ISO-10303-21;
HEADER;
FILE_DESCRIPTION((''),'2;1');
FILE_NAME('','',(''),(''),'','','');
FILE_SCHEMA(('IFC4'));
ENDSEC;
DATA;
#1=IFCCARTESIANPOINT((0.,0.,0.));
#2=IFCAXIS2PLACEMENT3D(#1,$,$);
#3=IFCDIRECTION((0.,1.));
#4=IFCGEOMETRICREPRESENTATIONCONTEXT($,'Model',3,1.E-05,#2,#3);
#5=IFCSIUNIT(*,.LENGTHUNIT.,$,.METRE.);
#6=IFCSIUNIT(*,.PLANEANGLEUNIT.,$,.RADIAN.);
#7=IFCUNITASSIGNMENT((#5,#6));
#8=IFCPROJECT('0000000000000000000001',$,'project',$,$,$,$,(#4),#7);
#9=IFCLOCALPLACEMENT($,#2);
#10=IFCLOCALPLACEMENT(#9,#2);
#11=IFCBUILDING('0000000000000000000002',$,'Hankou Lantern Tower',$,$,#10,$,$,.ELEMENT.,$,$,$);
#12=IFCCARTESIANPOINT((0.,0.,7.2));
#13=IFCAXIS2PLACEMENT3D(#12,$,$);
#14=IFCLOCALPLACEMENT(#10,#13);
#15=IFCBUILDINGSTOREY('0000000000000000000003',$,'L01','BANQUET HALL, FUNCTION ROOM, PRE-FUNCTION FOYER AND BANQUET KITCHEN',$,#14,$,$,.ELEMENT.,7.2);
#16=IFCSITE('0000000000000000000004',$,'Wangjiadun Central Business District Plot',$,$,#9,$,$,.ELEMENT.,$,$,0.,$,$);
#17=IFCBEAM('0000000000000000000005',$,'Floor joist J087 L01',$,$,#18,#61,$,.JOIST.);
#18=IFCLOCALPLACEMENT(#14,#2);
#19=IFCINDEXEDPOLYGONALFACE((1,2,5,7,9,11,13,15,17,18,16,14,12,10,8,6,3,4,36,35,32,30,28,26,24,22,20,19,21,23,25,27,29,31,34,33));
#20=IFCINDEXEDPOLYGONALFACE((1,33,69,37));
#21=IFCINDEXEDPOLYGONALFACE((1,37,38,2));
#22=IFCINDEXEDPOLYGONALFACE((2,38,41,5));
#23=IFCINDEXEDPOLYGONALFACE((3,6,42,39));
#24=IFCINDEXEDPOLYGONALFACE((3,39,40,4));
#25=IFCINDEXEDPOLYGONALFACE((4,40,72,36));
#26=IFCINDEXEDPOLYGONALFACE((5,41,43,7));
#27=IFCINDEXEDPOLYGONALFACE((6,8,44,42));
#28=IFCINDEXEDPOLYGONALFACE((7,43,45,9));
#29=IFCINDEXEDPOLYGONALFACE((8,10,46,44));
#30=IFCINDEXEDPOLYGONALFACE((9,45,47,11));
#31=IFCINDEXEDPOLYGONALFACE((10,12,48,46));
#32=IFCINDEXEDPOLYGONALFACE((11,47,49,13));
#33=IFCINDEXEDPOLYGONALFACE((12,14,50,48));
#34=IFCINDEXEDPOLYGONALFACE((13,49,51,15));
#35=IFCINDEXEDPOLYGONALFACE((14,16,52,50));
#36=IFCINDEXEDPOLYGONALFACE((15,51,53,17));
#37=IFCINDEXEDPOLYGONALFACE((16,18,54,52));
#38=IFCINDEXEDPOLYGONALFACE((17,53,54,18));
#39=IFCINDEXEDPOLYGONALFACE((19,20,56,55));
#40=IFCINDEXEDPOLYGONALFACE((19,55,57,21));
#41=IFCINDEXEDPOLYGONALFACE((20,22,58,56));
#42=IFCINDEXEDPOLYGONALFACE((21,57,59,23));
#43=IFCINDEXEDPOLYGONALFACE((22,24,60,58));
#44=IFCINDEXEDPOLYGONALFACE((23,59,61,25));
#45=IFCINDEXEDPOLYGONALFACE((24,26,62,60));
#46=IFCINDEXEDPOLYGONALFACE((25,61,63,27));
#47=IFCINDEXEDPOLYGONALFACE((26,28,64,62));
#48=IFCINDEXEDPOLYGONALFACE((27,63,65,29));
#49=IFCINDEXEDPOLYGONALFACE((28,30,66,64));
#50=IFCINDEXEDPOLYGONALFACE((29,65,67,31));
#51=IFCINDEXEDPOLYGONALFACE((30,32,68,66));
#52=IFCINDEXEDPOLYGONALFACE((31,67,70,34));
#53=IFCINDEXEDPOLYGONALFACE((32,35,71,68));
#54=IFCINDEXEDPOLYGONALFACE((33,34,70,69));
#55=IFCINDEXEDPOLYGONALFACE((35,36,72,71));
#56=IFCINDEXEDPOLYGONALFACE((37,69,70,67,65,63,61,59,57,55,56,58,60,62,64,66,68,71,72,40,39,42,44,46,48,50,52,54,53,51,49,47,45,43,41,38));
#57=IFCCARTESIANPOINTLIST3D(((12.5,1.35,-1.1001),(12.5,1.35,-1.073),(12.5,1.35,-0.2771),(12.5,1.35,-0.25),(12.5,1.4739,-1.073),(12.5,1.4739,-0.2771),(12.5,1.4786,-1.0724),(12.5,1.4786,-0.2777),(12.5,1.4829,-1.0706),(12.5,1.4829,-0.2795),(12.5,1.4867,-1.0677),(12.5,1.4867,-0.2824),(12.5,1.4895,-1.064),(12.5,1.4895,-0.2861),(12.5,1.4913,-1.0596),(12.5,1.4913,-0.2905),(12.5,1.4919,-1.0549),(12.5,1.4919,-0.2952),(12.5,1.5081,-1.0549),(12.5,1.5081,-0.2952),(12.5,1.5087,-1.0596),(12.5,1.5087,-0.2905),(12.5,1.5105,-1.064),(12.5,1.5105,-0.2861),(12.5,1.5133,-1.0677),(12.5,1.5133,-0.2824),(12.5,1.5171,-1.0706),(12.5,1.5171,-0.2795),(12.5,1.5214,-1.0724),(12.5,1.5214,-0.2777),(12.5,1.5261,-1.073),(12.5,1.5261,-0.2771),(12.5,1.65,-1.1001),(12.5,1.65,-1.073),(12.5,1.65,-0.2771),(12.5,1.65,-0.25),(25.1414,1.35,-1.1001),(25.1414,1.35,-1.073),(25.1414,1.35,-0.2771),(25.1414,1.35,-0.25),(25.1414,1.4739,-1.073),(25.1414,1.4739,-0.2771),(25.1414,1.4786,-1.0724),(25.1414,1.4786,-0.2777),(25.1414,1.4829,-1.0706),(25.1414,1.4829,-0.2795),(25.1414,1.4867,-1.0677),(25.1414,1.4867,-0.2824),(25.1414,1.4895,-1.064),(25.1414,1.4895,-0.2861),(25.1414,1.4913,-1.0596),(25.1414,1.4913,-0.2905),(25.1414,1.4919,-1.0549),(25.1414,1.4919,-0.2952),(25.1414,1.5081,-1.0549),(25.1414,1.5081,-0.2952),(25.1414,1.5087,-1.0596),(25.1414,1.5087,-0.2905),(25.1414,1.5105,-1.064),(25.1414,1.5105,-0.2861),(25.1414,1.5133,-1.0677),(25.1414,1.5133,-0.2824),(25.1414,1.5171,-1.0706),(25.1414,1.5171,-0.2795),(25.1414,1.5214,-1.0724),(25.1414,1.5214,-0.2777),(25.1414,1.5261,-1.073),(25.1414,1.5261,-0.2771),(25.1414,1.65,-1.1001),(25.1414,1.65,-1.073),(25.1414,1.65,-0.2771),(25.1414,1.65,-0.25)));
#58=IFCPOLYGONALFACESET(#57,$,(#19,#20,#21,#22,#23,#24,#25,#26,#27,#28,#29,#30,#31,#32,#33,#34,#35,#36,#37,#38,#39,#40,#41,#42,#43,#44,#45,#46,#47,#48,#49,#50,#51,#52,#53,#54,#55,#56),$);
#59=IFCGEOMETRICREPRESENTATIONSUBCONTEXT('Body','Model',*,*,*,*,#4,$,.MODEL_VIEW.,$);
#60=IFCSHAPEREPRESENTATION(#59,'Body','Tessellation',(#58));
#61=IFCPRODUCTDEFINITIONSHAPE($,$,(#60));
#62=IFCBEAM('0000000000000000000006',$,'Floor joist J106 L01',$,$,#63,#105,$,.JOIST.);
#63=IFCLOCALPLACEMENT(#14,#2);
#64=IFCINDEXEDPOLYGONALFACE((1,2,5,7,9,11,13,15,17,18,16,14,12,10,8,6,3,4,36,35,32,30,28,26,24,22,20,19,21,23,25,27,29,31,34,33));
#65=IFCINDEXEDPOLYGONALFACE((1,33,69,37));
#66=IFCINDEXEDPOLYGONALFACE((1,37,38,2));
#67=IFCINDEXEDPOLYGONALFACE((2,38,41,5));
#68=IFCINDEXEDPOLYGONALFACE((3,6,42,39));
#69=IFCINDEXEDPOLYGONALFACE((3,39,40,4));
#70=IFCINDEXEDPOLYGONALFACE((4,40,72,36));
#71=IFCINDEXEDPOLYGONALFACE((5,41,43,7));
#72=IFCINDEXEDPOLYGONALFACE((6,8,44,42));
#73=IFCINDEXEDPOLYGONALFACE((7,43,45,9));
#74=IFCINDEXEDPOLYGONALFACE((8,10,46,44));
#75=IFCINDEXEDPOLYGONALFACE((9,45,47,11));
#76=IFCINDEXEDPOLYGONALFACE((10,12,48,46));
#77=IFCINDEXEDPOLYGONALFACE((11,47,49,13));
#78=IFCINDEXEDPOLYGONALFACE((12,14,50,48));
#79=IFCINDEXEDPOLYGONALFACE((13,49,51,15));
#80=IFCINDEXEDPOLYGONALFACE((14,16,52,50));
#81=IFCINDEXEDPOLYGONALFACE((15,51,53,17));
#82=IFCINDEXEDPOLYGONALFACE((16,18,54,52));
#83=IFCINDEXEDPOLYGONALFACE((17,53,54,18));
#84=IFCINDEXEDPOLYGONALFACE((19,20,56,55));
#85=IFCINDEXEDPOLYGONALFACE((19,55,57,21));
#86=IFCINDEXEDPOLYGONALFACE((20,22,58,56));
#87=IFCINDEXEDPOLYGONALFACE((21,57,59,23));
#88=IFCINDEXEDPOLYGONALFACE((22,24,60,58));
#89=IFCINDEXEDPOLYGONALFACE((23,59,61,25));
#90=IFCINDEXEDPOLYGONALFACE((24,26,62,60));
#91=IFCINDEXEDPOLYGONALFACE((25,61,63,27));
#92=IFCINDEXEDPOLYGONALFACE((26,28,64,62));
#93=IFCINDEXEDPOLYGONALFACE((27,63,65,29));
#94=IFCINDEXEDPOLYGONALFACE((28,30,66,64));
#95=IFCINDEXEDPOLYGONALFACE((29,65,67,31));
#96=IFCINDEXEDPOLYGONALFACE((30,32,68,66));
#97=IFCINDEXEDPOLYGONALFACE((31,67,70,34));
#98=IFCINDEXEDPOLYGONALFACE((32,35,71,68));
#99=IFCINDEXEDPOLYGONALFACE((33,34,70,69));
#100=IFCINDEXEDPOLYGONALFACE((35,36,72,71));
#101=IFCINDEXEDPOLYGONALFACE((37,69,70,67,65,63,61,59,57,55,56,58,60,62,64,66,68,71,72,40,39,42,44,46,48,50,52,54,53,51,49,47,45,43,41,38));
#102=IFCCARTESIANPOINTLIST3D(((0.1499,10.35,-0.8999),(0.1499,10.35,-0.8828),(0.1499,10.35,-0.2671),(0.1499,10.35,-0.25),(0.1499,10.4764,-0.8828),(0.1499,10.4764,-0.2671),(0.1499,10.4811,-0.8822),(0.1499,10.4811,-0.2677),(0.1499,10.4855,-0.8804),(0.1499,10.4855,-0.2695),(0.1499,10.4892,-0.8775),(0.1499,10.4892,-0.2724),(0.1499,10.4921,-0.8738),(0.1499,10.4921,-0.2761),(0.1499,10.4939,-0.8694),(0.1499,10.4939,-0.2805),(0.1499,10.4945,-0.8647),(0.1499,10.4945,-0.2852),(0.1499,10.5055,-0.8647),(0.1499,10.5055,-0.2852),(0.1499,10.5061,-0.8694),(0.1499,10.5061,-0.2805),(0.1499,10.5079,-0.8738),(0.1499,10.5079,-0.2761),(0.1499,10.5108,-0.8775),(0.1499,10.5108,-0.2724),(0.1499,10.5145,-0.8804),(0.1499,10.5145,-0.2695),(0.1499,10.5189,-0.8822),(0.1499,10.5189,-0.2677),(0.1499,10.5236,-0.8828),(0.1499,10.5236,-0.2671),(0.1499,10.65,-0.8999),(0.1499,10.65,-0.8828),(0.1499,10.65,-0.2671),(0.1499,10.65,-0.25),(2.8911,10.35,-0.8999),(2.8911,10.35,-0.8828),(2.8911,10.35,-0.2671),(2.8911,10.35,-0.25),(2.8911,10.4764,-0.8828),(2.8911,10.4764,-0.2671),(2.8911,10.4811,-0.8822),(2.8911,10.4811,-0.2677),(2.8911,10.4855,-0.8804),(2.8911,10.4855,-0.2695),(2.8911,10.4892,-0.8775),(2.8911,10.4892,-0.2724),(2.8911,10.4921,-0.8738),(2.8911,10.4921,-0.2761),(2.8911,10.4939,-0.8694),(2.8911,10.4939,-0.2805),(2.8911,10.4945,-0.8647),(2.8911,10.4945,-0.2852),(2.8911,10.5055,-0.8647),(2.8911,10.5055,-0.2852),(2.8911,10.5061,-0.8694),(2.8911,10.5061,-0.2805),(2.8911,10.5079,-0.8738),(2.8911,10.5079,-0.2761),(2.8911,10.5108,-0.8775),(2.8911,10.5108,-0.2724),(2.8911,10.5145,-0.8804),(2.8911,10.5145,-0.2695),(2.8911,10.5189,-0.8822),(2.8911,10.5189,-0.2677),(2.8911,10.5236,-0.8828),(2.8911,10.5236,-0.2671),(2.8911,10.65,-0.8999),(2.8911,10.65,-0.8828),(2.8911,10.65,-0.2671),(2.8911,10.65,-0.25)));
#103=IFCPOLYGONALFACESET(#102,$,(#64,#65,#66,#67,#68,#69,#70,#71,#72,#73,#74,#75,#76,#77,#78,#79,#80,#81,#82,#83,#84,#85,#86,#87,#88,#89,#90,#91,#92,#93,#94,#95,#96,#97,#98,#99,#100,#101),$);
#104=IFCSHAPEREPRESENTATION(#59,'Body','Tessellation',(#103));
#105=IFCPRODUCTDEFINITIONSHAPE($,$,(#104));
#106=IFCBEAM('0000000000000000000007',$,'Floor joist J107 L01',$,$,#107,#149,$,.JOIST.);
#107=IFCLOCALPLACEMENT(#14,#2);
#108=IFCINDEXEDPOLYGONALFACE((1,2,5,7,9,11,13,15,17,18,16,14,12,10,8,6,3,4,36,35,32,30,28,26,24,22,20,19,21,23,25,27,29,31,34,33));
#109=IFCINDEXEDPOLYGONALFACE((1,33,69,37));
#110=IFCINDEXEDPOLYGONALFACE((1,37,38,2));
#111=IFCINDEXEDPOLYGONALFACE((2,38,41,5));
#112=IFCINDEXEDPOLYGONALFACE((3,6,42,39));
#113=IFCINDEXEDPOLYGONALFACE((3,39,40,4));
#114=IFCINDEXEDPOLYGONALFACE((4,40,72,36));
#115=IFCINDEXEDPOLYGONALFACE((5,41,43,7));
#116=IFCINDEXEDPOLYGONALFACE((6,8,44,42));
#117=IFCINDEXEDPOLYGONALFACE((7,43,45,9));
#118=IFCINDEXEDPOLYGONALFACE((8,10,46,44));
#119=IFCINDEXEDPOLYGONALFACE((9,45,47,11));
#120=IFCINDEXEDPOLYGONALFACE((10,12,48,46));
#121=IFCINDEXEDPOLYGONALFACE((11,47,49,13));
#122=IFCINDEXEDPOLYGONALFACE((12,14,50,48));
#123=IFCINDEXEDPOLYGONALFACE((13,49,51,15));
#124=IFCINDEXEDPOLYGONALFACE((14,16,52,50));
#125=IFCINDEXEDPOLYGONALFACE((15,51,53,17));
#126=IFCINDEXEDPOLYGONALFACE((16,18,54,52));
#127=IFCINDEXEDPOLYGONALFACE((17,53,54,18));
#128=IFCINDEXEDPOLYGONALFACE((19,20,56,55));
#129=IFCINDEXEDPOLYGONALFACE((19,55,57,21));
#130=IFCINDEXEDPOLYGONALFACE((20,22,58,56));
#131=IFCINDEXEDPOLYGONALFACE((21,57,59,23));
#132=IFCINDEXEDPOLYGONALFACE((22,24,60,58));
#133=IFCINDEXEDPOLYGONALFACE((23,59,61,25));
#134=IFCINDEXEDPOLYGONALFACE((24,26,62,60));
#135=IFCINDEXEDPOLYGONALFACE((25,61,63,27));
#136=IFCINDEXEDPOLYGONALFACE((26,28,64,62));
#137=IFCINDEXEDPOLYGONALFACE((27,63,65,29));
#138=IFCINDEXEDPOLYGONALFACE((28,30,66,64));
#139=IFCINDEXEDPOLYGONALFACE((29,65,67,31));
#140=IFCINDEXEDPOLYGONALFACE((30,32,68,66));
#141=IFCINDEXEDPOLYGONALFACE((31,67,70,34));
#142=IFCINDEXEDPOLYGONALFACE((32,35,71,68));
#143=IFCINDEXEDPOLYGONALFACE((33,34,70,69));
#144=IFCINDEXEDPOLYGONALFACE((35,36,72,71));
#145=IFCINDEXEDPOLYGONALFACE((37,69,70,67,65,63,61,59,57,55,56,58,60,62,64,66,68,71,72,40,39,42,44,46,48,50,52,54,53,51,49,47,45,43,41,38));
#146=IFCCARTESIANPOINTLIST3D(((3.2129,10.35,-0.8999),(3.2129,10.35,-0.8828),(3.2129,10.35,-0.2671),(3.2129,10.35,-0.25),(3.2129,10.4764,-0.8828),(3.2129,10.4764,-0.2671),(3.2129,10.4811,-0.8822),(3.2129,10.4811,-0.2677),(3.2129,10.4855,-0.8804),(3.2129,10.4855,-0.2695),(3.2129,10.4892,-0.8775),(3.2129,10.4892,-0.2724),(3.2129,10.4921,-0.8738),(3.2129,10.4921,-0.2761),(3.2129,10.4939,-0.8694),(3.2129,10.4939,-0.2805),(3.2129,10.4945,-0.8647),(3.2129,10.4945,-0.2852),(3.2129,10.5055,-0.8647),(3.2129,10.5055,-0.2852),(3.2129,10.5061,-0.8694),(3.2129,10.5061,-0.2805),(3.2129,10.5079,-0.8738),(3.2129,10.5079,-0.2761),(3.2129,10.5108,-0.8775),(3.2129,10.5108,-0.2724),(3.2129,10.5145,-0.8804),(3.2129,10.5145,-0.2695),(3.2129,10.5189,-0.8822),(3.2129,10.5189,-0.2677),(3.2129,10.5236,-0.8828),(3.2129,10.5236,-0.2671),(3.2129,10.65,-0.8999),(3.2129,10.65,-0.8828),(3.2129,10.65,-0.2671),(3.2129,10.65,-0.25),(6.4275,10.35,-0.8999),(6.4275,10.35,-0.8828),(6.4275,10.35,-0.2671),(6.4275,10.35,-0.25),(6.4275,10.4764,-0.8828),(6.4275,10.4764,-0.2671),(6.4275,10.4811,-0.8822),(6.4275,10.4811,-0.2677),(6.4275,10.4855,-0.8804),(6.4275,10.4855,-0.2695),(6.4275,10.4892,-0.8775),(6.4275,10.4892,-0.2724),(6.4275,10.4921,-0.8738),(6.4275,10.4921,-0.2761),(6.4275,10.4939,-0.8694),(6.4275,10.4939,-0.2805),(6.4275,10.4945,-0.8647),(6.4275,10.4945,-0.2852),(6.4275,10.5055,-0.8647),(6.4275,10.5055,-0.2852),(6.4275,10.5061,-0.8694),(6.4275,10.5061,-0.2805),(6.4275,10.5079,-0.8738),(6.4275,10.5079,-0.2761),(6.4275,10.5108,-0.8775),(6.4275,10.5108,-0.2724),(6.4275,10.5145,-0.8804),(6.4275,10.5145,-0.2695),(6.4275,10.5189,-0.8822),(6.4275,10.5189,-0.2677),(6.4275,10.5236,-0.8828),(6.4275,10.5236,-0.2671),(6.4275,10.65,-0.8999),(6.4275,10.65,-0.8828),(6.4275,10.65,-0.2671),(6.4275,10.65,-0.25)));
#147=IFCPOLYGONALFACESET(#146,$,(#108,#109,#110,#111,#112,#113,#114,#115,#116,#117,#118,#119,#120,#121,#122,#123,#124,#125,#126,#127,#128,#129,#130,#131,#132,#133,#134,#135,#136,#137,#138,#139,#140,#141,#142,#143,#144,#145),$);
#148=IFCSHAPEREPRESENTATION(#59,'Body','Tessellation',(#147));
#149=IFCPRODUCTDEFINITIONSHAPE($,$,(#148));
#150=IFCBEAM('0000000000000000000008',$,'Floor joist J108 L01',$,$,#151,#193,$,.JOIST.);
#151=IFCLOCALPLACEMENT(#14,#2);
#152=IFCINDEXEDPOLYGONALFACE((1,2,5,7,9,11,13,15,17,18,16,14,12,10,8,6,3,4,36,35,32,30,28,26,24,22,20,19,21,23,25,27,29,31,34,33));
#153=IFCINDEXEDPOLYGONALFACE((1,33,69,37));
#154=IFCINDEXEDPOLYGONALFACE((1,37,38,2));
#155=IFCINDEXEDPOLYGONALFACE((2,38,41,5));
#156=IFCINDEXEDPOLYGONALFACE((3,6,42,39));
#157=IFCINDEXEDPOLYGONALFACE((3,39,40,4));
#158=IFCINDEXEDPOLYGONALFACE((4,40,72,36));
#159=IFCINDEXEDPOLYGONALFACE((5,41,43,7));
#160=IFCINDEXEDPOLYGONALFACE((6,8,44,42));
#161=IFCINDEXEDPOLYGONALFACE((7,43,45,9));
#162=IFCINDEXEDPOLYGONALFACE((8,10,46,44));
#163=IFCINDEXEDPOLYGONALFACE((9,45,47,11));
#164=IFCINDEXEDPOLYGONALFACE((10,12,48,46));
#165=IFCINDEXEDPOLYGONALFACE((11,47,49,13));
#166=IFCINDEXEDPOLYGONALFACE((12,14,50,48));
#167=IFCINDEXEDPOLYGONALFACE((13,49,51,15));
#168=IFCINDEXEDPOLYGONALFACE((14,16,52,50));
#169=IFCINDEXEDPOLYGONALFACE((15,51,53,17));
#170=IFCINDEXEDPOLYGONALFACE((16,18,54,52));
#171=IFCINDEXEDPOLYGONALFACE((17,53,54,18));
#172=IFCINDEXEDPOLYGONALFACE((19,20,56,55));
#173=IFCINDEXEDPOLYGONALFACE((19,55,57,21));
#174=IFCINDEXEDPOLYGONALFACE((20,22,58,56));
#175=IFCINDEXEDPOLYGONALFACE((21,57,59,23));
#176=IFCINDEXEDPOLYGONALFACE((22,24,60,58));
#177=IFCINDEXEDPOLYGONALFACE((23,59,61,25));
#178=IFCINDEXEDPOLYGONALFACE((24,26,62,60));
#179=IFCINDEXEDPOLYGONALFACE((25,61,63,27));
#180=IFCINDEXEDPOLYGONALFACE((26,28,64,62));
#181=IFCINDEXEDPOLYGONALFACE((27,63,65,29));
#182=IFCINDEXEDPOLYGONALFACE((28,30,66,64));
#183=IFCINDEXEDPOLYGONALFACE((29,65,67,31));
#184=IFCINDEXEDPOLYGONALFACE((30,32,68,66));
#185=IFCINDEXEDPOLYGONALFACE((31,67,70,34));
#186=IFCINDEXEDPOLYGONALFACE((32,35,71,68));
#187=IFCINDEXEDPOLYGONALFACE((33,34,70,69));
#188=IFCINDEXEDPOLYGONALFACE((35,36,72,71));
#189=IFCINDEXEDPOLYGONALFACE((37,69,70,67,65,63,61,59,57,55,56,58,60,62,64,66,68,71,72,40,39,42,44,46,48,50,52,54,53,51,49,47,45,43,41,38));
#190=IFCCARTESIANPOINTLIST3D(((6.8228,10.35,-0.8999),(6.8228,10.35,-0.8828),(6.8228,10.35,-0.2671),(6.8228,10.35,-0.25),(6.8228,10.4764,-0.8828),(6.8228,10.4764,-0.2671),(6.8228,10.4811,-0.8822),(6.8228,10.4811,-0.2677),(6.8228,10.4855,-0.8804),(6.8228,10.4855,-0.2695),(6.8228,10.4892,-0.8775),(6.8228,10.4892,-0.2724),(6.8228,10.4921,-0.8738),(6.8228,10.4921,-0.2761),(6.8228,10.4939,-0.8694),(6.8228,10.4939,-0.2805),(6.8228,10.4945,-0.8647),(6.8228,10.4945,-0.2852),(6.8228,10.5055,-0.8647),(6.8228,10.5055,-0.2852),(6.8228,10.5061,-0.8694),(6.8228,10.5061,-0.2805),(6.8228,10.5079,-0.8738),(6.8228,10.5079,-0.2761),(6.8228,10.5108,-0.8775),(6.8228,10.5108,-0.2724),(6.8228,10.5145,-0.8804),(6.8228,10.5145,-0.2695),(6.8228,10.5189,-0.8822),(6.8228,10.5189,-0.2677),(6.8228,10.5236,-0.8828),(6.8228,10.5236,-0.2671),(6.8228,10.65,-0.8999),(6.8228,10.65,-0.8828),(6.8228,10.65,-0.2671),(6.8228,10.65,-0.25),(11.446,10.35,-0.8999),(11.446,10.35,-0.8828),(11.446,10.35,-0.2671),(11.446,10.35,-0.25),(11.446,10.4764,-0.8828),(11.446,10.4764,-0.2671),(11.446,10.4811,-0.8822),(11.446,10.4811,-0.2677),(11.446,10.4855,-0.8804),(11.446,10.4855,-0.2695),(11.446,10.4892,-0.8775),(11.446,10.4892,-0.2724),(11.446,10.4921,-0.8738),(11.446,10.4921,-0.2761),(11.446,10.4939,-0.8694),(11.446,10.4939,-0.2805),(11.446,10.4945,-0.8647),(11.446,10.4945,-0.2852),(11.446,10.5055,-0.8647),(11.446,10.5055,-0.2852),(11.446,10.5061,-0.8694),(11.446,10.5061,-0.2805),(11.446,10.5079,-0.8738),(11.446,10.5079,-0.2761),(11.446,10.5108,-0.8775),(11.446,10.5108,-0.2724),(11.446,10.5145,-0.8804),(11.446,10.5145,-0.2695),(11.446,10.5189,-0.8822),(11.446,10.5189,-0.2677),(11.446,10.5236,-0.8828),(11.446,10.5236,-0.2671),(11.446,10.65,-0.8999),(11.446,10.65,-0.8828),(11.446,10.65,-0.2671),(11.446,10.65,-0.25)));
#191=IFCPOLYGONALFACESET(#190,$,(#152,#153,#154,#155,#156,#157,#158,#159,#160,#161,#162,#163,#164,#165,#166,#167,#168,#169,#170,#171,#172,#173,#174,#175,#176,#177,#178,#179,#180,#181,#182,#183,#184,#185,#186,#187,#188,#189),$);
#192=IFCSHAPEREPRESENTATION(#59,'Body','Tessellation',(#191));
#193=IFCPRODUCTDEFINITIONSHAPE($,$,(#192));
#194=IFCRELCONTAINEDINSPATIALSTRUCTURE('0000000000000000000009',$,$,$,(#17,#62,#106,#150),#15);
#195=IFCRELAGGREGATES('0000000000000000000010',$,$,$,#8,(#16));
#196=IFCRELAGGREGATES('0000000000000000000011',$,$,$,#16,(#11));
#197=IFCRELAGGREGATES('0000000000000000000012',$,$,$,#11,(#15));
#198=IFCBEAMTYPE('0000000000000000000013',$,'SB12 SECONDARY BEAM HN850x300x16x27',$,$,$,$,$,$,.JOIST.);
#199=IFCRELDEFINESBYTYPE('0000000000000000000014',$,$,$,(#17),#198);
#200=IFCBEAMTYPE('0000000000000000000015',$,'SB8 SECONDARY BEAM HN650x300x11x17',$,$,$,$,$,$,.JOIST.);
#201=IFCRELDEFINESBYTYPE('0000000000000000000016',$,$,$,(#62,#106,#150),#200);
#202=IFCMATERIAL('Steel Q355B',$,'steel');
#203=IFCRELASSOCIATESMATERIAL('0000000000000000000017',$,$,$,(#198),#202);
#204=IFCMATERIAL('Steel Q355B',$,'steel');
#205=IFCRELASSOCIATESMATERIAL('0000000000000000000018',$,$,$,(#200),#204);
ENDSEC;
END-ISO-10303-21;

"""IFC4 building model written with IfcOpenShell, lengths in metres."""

from ifc_helpers import new_model, si_unit, direction, frame, origin, origin_2d, place, context, subcontext, project, spatial, i_section, extrude, material, material_profile, profile_set, type_object, element, save


model = new_model("IFC4")

# Units and contexts
model_context = context("Model", 3, precision=1e-05, world=origin(), true_north=direction((0.0, 1.0)))
body_context = subcontext(model_context, "Body", "Model", "MODEL_VIEW")
ifc_project = project(units=[si_unit("LENGTHUNIT", "METRE"), si_unit("PLANEANGLEUNIT", "RADIAN")], contexts=[model_context])

# Site, building, storey
site_placement = place(None, origin())
site = spatial("IfcSite", under=ifc_project, at=site_placement, Name="Wangjiadun Central Business District Plot", CompositionType="ELEMENT", RefElevation=0.0)
building_placement = place(site_placement, origin())
building = spatial("IfcBuilding", under=site, at=building_placement, Name="Hankou Lantern Tower", CompositionType="ELEMENT")
storey_placement = place(building_placement, frame((0.0, 0.0, 7.2)))
storey = spatial("IfcBuildingStorey", under=building, at=storey_placement, Name="L01", Description="BANQUET HALL, FUNCTION ROOM, PRE-FUNCTION FOYER AND BANQUET KITCHEN", CompositionType="ELEMENT", Elevation=7.2)

# Beams
ifc_material_1 = material(Name="Steel Q355B", Category="steel")
ifc_material_profile_1 = material_profile(ifc_material_1, i_section(OverallWidth=0.3, OverallDepth=0.8501, WebThickness=0.0161, FlangeThickness=0.0271, FilletRadius=0.0181, at=origin_2d()), Name="HN850x300x16x27")
ifc_profile_set_1 = profile_set([ifc_material_profile_1], Name="Steel Q355B")
beam_type_1 = type_object("IfcBeamType", Name="SB12 SECONDARY BEAM HN850x300x16x27", PredefinedType="JOIST", material=ifc_profile_set_1)
beam_1_placement = place(storey_placement, frame((12.5, 1.5, -0.675), z_axis=(1.0, 0.0, 0.0), x_axis=(0.0, 1.0, 0.0)))
element("IfcBeam", 1, at=beam_1_placement, inside=storey, type_object=beam_type_1, Name="Floor joist J087 L01", PredefinedType="JOIST", context=body_context, shape_type="SweptSolid", body=[
    extrude(i_section(OverallWidth=0.3, OverallDepth=0.8501, WebThickness=0.0161, FlangeThickness=0.0271, FilletRadius=0.0181, at=origin_2d()), origin(), (0.0, 0.0, 1.0), 12.6414),
])
ifc_material_2 = material(Name="Steel Q355B", Category="steel")
ifc_material_profile_2 = material_profile(ifc_material_2, i_section(OverallWidth=0.3, OverallDepth=0.6499, WebThickness=0.011, FlangeThickness=0.0171, FilletRadius=0.0181, at=origin_2d()), Name="HN650x300x11x17")
ifc_profile_set_2 = profile_set([ifc_material_profile_2], Name="Steel Q355B")
beam_type_2 = type_object("IfcBeamType", Name="SB8 SECONDARY BEAM HN650x300x11x17", PredefinedType="JOIST", material=ifc_profile_set_2)
beam_2_placement = place(storey_placement, frame((0.1499, 10.5, -0.575), z_axis=(1.0, 0.0, 0.0), x_axis=(0.0, 1.0, 0.0)))
element("IfcBeam", 2, at=beam_2_placement, inside=storey, type_object=beam_type_2, Name="Floor joist J106 L01", PredefinedType="JOIST", context=body_context, shape_type="SweptSolid", body=[
    extrude(i_section(OverallWidth=0.3, OverallDepth=0.6499, WebThickness=0.011, FlangeThickness=0.0171, FilletRadius=0.0181, at=origin_2d()), origin(), (0.0, 0.0, 1.0), 2.7412),
])
beam_3_placement = place(storey_placement, frame((3.2129, 10.5, -0.575), z_axis=(1.0, 0.0, 0.0), x_axis=(0.0, 1.0, 0.0)))
element("IfcBeam", 3, at=beam_3_placement, inside=storey, type_object=beam_type_2, Name="Floor joist J107 L01", PredefinedType="JOIST", context=body_context, shape_type="SweptSolid", body=[
    extrude(i_section(OverallWidth=0.3, OverallDepth=0.6499, WebThickness=0.011, FlangeThickness=0.0171, FilletRadius=0.0181, at=origin_2d()), origin(), (0.0, 0.0, 1.0), 3.2146),
])
beam_4_placement = place(storey_placement, frame((6.8228, 10.5, -0.575), z_axis=(1.0, 0.0, 0.0), x_axis=(0.0, 1.0, 0.0)))
element("IfcBeam", 4, at=beam_4_placement, inside=storey, type_object=beam_type_2, Name="Floor joist J108 L01", PredefinedType="JOIST", context=body_context, shape_type="SweptSolid", body=[
    extrude(i_section(OverallWidth=0.3, OverallDepth=0.6499, WebThickness=0.011, FlangeThickness=0.0171, FilletRadius=0.0181, at=origin_2d()), origin(), (0.0, 0.0, 1.0), 4.6233),
])

save(model, "model.ifc")
